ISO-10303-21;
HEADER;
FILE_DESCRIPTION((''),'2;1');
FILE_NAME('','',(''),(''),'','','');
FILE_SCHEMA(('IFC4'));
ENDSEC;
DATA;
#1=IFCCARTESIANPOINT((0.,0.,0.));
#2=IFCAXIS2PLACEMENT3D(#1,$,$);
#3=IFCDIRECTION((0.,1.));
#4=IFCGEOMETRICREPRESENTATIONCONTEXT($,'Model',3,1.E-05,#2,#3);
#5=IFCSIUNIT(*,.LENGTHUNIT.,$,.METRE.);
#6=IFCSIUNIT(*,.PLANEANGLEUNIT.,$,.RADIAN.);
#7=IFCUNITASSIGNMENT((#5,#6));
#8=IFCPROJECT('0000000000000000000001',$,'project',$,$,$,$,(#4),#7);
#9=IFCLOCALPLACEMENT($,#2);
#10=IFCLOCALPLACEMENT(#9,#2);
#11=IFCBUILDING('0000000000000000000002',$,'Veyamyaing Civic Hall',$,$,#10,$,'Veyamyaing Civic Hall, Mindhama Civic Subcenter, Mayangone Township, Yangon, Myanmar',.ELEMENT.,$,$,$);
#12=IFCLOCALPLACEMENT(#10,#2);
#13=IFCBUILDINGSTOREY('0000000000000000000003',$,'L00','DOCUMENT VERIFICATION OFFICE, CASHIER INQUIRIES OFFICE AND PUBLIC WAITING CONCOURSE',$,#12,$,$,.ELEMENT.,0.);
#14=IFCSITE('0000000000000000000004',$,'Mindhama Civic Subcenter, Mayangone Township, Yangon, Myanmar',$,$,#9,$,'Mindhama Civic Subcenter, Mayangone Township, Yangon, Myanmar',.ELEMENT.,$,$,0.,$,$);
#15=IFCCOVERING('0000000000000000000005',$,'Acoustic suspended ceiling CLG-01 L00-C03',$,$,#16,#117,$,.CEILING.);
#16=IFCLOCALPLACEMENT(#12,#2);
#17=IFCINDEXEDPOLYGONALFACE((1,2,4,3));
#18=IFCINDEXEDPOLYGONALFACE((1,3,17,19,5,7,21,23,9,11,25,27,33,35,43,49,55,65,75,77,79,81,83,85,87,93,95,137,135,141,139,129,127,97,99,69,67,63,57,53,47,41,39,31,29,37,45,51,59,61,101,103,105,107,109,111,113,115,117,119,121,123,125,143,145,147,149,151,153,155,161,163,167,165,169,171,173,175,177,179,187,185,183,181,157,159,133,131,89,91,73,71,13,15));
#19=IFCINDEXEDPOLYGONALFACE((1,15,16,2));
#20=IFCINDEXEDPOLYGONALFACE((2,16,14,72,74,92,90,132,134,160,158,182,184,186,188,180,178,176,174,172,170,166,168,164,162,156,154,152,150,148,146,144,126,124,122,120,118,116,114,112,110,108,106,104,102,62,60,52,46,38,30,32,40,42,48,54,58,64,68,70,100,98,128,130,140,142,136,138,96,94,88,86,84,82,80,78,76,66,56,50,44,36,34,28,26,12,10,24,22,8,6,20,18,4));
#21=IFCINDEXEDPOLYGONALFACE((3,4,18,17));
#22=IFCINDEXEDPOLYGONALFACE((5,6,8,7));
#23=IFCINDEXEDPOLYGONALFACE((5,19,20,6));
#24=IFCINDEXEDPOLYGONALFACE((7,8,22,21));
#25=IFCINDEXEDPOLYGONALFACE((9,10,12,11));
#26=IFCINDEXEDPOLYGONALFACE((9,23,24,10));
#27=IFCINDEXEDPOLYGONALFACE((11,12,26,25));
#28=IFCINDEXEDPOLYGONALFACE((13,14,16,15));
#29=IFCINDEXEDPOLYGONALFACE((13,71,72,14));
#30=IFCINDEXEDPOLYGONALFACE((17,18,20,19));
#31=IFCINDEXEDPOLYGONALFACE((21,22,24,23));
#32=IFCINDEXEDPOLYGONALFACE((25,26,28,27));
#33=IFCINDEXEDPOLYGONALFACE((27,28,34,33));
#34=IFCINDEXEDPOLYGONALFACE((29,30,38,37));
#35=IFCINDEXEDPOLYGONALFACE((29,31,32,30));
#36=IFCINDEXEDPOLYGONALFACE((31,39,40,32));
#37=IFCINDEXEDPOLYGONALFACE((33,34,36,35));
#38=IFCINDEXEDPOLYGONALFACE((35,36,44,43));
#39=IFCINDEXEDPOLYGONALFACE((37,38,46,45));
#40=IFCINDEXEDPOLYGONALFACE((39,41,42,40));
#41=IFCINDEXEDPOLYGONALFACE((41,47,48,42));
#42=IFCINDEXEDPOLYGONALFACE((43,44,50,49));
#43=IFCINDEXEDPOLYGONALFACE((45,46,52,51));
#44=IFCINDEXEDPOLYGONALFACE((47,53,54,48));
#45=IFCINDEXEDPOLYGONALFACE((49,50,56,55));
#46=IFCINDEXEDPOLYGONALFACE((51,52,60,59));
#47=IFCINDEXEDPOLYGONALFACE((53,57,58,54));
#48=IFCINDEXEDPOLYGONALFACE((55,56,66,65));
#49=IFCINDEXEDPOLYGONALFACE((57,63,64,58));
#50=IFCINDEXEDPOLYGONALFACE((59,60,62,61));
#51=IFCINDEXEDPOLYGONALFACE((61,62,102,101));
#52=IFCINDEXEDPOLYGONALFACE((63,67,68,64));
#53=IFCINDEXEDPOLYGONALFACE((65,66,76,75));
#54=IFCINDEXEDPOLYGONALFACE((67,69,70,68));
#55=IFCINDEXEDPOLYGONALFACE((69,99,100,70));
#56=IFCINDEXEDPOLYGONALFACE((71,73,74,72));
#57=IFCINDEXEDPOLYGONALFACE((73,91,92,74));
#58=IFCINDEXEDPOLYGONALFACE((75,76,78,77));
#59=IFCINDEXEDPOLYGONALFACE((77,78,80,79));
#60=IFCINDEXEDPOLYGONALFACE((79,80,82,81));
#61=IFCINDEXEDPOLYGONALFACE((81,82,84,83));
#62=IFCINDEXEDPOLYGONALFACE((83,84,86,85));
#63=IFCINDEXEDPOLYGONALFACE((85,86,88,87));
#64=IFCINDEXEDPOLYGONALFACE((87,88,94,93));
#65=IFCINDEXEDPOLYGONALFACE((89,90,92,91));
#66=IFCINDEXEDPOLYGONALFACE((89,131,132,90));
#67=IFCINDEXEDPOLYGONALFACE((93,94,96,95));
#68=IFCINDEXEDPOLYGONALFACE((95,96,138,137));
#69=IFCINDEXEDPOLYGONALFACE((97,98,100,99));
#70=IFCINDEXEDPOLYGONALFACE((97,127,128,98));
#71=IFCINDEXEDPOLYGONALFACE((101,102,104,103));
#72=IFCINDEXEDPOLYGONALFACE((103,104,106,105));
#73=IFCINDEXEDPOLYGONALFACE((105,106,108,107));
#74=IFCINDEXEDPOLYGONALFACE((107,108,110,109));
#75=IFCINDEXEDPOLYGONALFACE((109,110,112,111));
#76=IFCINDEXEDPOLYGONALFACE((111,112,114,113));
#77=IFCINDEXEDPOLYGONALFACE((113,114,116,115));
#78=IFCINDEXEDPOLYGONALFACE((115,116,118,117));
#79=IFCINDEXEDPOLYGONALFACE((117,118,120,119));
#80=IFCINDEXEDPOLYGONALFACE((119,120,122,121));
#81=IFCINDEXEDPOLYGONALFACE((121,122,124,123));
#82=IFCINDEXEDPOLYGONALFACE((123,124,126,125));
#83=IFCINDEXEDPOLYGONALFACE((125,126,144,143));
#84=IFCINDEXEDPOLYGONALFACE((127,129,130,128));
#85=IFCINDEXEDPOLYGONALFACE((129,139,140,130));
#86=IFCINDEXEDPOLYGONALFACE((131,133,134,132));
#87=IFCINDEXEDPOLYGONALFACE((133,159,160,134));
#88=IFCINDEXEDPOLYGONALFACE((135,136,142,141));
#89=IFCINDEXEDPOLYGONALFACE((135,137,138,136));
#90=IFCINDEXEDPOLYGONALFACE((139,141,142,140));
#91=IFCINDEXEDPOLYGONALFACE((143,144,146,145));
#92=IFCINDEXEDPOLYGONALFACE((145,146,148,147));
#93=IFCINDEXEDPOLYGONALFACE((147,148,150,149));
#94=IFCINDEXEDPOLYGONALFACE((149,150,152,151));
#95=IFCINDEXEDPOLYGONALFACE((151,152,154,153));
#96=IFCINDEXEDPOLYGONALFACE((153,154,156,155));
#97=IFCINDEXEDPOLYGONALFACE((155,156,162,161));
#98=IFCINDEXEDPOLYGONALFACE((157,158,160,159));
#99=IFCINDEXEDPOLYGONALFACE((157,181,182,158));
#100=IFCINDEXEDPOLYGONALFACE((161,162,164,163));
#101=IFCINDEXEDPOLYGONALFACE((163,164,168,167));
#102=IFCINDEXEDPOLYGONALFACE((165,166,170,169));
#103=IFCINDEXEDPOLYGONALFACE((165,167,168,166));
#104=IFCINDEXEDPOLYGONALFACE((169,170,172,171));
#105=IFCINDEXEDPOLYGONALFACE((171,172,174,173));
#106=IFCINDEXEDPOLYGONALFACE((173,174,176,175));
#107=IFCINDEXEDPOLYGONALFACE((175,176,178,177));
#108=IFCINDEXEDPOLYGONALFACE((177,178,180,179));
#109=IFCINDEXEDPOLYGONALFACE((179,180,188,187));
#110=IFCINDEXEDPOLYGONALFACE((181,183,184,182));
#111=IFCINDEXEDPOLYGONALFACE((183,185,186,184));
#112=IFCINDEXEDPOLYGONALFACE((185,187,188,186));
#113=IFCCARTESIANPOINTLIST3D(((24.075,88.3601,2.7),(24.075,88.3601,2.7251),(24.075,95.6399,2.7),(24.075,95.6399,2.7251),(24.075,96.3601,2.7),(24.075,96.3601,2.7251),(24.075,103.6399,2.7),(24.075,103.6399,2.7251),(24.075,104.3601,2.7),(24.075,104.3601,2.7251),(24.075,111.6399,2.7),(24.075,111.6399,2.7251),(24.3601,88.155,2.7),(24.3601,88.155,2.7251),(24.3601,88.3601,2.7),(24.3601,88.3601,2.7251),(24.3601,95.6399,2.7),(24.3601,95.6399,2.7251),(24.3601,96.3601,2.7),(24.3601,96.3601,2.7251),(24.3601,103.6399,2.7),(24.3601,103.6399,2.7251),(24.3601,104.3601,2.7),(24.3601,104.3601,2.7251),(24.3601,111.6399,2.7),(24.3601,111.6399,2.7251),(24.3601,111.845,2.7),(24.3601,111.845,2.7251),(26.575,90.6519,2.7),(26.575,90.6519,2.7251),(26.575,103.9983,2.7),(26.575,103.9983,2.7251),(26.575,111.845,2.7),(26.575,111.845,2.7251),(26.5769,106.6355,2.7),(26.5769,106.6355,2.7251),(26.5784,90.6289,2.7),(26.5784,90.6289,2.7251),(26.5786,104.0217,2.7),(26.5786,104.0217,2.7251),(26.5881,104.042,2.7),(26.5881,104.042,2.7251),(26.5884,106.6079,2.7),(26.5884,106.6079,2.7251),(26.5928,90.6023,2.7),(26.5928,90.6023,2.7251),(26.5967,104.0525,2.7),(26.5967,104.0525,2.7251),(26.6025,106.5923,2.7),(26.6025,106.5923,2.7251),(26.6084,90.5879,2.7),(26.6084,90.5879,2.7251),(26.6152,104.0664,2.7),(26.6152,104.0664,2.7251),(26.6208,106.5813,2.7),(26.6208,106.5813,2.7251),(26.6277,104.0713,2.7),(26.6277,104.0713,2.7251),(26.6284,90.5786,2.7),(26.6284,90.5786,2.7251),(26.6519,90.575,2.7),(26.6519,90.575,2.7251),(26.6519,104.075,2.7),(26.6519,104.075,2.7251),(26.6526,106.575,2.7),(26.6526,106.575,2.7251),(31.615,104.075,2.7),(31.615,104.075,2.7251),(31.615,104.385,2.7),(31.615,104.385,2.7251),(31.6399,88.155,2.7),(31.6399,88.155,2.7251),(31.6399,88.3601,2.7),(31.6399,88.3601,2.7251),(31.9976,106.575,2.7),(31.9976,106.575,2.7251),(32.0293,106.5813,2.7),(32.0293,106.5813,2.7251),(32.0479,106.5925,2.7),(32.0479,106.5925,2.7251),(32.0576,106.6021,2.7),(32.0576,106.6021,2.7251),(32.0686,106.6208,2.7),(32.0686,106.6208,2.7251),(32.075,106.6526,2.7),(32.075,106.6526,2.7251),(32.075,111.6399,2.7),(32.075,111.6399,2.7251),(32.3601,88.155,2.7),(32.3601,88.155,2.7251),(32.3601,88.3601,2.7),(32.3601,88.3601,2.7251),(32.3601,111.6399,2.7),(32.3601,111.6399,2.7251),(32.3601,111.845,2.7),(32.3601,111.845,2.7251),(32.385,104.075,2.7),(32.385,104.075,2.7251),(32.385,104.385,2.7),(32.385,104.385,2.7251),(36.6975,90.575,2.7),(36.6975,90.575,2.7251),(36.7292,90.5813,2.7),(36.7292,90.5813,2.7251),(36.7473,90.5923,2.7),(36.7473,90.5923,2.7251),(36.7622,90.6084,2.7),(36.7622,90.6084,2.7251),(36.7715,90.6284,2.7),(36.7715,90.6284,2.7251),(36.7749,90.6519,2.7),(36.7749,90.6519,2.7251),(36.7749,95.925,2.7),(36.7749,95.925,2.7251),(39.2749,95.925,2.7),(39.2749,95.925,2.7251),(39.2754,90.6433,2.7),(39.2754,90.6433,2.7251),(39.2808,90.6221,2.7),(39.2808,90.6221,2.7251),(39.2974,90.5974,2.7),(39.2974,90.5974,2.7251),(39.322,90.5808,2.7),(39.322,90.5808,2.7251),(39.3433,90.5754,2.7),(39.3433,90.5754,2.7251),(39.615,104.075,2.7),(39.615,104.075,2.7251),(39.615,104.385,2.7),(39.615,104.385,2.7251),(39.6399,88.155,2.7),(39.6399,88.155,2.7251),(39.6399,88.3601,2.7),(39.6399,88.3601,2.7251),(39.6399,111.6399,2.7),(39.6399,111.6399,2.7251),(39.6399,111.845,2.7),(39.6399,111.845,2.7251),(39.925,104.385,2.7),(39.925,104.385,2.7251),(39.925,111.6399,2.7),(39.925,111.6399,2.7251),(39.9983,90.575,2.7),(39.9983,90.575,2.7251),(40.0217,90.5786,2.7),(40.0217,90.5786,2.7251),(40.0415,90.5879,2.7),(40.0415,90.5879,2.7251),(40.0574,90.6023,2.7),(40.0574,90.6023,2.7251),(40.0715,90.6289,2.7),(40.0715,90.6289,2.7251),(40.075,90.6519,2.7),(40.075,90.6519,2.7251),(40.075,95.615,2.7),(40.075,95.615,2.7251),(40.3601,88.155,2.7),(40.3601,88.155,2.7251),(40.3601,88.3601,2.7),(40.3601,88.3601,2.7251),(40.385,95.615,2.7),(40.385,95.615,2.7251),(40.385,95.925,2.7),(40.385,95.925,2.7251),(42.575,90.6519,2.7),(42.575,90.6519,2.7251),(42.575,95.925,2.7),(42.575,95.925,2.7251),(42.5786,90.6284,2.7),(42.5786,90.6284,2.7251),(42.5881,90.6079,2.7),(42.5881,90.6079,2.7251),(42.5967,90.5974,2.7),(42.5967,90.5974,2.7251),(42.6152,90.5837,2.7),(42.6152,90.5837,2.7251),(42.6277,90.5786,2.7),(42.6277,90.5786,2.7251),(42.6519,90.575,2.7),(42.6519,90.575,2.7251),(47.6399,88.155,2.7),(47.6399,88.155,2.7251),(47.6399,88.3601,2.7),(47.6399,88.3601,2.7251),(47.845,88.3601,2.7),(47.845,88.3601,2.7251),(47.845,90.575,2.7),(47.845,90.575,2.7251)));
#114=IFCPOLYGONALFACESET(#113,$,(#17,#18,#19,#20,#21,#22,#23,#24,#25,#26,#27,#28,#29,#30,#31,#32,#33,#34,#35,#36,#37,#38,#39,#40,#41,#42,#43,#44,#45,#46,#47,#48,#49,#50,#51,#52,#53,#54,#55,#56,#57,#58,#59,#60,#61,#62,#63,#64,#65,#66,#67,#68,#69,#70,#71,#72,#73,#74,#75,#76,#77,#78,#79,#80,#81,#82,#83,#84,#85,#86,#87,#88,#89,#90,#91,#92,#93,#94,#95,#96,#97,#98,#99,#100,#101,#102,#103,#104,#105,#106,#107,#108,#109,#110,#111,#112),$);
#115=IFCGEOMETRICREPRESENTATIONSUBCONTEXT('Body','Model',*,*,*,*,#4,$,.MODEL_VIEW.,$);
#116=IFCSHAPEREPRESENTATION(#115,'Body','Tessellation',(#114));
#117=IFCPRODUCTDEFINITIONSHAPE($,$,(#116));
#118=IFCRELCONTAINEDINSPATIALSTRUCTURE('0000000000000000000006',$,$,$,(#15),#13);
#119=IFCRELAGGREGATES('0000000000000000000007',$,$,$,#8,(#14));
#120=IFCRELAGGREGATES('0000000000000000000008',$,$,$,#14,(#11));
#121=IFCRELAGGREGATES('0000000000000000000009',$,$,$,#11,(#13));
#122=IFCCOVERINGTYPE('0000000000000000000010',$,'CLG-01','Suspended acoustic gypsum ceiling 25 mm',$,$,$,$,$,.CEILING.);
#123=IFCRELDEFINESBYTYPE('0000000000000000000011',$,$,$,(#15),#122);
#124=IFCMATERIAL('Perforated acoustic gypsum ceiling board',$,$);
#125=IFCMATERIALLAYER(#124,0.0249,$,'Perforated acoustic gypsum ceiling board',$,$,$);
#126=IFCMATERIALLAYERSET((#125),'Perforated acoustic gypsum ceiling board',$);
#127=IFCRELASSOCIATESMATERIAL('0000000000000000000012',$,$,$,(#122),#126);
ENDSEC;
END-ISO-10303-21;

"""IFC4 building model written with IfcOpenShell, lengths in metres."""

from ifc_helpers import new_model, si_unit, direction, frame, origin, place, context, subcontext, project, spatial, polyline, outline, extrude, material, layer, layer_set, type_object, element, save


model = new_model("IFC4")

# Units and contexts
model_context = context("Model", 3, precision=1e-05, world=origin(), true_north=direction((0.0, 1.0)))
body_context = subcontext(model_context, "Body", "Model", "MODEL_VIEW")
ifc_project = project(units=[si_unit("LENGTHUNIT", "METRE"), si_unit("PLANEANGLEUNIT", "RADIAN")], contexts=[model_context])

# Site, building, storey
site_placement = place(None, origin())
site = spatial("IfcSite", under=ifc_project, at=site_placement, Name="Mindhama Civic Subcenter, Mayangone Township, Yangon, Myanmar", LongName="Mindhama Civic Subcenter, Mayangone Township, Yangon, Myanmar", CompositionType="ELEMENT", RefElevation=0.0)
building_placement = place(site_placement, origin())
building = spatial("IfcBuilding", under=site, at=building_placement, Name="Veyamyaing Civic Hall", LongName="Veyamyaing Civic Hall, Mindhama Civic Subcenter, Mayangone Township, Yangon, Myanmar", CompositionType="ELEMENT")
storey_placement = place(building_placement, origin())
storey = spatial("IfcBuildingStorey", under=building, at=storey_placement, Name="L00", Description="DOCUMENT VERIFICATION OFFICE, CASHIER INQUIRIES OFFICE AND PUBLIC WAITING CONCOURSE", CompositionType="ELEMENT", Elevation=0.0)

# Covering
ifc_material_1 = material(Name="Perforated acoustic gypsum ceiling board")
ifc_layer_1 = layer(ifc_material_1, 0.0249, Name="Perforated acoustic gypsum ceiling board")
ifc_layer_set_1 = layer_set([ifc_layer_1], Name="Perforated acoustic gypsum ceiling board")
covering_type_1 = type_object("IfcCoveringType", Name="CLG-01", Description="Suspended acoustic gypsum ceiling 25 mm", PredefinedType="CEILING", material=ifc_layer_set_1)
covering_1_placement = place(storey_placement, frame((0.0, 0.0, 2.7)))
element("IfcCovering", 1, at=covering_1_placement, inside=storey, type_object=covering_type_1, Name="Acoustic suspended ceiling CLG-01 L00-C03", PredefinedType="CEILING", context=body_context, shape_type="SweptSolid", body=[
    extrude(outline(polyline([(26.5884, 106.6079), (26.6025, 106.5923), (26.6208, 106.5813), (26.6526, 106.575), (31.9976, 106.575), (32.0293, 106.5813), (32.0479, 106.5925), (32.0576, 106.6021), (32.0686, 106.6208), (32.075, 106.6526), (32.075, 111.6399), (32.3601, 111.6399), (32.3601, 111.845), (39.6399, 111.845), (39.6399, 111.6399), (39.925, 111.6399), (39.925, 104.385), (39.615, 104.385), (39.615, 104.075), (32.385, 104.075), (32.385, 104.385), (31.615, 104.385), (31.615, 104.075), (26.6519, 104.075), (26.6277, 104.0713), (26.6152, 104.0664), (26.5967, 104.0525), (26.5881, 104.042), (26.5786, 104.0217), (26.575, 103.9983), (26.575, 90.6519), (26.5784, 90.6289), (26.5928, 90.6023), (26.6084, 90.5879), (26.6284, 90.5786), (26.6519, 90.575), (36.6975, 90.575), (36.7292, 90.5813), (36.7473, 90.5923), (36.7622, 90.6084), (36.7715, 90.6284), (36.7749, 90.6519), (36.7749, 95.925), (39.2749, 95.925), (39.2754, 90.6433), (39.2808, 90.6221), (39.2974, 90.5974), (39.322, 90.5808), (39.3433, 90.5754), (39.9983, 90.575), (40.0217, 90.5786), (40.0415, 90.5879), (40.0574, 90.6023), (40.0715, 90.6289), (40.075, 90.6519), (40.075, 95.615), (40.385, 95.615), (40.385, 95.925), (42.575, 95.925), (42.575, 90.6519), (42.5786, 90.6284), (42.5881, 90.6079), (42.5967, 90.5974), (42.6152, 90.5837), (42.6277, 90.5786), (42.6519, 90.575), (47.845, 90.575), (47.845, 88.3601), (47.6399, 88.3601), (47.6399, 88.155), (40.3601, 88.155), (40.3601, 88.3601), (39.6399, 88.3601), (39.6399, 88.155), (32.3601, 88.155), (32.3601, 88.3601), (31.6399, 88.3601), (31.6399, 88.155), (24.3601, 88.155), (24.3601, 88.3601), (24.075, 88.3601), (24.075, 95.6399), (24.3601, 95.6399), (24.3601, 96.3601), (24.075, 96.3601), (24.075, 103.6399), (24.3601, 103.6399), (24.3601, 104.3601), (24.075, 104.3601), (24.075, 111.6399), (24.3601, 111.6399), (24.3601, 111.845), (26.575, 111.845), (26.5769, 106.6355), (26.5884, 106.6079)])), origin(), (0.0, 0.0, 1.0), 0.0251),
])

save(model, "model.ifc")
